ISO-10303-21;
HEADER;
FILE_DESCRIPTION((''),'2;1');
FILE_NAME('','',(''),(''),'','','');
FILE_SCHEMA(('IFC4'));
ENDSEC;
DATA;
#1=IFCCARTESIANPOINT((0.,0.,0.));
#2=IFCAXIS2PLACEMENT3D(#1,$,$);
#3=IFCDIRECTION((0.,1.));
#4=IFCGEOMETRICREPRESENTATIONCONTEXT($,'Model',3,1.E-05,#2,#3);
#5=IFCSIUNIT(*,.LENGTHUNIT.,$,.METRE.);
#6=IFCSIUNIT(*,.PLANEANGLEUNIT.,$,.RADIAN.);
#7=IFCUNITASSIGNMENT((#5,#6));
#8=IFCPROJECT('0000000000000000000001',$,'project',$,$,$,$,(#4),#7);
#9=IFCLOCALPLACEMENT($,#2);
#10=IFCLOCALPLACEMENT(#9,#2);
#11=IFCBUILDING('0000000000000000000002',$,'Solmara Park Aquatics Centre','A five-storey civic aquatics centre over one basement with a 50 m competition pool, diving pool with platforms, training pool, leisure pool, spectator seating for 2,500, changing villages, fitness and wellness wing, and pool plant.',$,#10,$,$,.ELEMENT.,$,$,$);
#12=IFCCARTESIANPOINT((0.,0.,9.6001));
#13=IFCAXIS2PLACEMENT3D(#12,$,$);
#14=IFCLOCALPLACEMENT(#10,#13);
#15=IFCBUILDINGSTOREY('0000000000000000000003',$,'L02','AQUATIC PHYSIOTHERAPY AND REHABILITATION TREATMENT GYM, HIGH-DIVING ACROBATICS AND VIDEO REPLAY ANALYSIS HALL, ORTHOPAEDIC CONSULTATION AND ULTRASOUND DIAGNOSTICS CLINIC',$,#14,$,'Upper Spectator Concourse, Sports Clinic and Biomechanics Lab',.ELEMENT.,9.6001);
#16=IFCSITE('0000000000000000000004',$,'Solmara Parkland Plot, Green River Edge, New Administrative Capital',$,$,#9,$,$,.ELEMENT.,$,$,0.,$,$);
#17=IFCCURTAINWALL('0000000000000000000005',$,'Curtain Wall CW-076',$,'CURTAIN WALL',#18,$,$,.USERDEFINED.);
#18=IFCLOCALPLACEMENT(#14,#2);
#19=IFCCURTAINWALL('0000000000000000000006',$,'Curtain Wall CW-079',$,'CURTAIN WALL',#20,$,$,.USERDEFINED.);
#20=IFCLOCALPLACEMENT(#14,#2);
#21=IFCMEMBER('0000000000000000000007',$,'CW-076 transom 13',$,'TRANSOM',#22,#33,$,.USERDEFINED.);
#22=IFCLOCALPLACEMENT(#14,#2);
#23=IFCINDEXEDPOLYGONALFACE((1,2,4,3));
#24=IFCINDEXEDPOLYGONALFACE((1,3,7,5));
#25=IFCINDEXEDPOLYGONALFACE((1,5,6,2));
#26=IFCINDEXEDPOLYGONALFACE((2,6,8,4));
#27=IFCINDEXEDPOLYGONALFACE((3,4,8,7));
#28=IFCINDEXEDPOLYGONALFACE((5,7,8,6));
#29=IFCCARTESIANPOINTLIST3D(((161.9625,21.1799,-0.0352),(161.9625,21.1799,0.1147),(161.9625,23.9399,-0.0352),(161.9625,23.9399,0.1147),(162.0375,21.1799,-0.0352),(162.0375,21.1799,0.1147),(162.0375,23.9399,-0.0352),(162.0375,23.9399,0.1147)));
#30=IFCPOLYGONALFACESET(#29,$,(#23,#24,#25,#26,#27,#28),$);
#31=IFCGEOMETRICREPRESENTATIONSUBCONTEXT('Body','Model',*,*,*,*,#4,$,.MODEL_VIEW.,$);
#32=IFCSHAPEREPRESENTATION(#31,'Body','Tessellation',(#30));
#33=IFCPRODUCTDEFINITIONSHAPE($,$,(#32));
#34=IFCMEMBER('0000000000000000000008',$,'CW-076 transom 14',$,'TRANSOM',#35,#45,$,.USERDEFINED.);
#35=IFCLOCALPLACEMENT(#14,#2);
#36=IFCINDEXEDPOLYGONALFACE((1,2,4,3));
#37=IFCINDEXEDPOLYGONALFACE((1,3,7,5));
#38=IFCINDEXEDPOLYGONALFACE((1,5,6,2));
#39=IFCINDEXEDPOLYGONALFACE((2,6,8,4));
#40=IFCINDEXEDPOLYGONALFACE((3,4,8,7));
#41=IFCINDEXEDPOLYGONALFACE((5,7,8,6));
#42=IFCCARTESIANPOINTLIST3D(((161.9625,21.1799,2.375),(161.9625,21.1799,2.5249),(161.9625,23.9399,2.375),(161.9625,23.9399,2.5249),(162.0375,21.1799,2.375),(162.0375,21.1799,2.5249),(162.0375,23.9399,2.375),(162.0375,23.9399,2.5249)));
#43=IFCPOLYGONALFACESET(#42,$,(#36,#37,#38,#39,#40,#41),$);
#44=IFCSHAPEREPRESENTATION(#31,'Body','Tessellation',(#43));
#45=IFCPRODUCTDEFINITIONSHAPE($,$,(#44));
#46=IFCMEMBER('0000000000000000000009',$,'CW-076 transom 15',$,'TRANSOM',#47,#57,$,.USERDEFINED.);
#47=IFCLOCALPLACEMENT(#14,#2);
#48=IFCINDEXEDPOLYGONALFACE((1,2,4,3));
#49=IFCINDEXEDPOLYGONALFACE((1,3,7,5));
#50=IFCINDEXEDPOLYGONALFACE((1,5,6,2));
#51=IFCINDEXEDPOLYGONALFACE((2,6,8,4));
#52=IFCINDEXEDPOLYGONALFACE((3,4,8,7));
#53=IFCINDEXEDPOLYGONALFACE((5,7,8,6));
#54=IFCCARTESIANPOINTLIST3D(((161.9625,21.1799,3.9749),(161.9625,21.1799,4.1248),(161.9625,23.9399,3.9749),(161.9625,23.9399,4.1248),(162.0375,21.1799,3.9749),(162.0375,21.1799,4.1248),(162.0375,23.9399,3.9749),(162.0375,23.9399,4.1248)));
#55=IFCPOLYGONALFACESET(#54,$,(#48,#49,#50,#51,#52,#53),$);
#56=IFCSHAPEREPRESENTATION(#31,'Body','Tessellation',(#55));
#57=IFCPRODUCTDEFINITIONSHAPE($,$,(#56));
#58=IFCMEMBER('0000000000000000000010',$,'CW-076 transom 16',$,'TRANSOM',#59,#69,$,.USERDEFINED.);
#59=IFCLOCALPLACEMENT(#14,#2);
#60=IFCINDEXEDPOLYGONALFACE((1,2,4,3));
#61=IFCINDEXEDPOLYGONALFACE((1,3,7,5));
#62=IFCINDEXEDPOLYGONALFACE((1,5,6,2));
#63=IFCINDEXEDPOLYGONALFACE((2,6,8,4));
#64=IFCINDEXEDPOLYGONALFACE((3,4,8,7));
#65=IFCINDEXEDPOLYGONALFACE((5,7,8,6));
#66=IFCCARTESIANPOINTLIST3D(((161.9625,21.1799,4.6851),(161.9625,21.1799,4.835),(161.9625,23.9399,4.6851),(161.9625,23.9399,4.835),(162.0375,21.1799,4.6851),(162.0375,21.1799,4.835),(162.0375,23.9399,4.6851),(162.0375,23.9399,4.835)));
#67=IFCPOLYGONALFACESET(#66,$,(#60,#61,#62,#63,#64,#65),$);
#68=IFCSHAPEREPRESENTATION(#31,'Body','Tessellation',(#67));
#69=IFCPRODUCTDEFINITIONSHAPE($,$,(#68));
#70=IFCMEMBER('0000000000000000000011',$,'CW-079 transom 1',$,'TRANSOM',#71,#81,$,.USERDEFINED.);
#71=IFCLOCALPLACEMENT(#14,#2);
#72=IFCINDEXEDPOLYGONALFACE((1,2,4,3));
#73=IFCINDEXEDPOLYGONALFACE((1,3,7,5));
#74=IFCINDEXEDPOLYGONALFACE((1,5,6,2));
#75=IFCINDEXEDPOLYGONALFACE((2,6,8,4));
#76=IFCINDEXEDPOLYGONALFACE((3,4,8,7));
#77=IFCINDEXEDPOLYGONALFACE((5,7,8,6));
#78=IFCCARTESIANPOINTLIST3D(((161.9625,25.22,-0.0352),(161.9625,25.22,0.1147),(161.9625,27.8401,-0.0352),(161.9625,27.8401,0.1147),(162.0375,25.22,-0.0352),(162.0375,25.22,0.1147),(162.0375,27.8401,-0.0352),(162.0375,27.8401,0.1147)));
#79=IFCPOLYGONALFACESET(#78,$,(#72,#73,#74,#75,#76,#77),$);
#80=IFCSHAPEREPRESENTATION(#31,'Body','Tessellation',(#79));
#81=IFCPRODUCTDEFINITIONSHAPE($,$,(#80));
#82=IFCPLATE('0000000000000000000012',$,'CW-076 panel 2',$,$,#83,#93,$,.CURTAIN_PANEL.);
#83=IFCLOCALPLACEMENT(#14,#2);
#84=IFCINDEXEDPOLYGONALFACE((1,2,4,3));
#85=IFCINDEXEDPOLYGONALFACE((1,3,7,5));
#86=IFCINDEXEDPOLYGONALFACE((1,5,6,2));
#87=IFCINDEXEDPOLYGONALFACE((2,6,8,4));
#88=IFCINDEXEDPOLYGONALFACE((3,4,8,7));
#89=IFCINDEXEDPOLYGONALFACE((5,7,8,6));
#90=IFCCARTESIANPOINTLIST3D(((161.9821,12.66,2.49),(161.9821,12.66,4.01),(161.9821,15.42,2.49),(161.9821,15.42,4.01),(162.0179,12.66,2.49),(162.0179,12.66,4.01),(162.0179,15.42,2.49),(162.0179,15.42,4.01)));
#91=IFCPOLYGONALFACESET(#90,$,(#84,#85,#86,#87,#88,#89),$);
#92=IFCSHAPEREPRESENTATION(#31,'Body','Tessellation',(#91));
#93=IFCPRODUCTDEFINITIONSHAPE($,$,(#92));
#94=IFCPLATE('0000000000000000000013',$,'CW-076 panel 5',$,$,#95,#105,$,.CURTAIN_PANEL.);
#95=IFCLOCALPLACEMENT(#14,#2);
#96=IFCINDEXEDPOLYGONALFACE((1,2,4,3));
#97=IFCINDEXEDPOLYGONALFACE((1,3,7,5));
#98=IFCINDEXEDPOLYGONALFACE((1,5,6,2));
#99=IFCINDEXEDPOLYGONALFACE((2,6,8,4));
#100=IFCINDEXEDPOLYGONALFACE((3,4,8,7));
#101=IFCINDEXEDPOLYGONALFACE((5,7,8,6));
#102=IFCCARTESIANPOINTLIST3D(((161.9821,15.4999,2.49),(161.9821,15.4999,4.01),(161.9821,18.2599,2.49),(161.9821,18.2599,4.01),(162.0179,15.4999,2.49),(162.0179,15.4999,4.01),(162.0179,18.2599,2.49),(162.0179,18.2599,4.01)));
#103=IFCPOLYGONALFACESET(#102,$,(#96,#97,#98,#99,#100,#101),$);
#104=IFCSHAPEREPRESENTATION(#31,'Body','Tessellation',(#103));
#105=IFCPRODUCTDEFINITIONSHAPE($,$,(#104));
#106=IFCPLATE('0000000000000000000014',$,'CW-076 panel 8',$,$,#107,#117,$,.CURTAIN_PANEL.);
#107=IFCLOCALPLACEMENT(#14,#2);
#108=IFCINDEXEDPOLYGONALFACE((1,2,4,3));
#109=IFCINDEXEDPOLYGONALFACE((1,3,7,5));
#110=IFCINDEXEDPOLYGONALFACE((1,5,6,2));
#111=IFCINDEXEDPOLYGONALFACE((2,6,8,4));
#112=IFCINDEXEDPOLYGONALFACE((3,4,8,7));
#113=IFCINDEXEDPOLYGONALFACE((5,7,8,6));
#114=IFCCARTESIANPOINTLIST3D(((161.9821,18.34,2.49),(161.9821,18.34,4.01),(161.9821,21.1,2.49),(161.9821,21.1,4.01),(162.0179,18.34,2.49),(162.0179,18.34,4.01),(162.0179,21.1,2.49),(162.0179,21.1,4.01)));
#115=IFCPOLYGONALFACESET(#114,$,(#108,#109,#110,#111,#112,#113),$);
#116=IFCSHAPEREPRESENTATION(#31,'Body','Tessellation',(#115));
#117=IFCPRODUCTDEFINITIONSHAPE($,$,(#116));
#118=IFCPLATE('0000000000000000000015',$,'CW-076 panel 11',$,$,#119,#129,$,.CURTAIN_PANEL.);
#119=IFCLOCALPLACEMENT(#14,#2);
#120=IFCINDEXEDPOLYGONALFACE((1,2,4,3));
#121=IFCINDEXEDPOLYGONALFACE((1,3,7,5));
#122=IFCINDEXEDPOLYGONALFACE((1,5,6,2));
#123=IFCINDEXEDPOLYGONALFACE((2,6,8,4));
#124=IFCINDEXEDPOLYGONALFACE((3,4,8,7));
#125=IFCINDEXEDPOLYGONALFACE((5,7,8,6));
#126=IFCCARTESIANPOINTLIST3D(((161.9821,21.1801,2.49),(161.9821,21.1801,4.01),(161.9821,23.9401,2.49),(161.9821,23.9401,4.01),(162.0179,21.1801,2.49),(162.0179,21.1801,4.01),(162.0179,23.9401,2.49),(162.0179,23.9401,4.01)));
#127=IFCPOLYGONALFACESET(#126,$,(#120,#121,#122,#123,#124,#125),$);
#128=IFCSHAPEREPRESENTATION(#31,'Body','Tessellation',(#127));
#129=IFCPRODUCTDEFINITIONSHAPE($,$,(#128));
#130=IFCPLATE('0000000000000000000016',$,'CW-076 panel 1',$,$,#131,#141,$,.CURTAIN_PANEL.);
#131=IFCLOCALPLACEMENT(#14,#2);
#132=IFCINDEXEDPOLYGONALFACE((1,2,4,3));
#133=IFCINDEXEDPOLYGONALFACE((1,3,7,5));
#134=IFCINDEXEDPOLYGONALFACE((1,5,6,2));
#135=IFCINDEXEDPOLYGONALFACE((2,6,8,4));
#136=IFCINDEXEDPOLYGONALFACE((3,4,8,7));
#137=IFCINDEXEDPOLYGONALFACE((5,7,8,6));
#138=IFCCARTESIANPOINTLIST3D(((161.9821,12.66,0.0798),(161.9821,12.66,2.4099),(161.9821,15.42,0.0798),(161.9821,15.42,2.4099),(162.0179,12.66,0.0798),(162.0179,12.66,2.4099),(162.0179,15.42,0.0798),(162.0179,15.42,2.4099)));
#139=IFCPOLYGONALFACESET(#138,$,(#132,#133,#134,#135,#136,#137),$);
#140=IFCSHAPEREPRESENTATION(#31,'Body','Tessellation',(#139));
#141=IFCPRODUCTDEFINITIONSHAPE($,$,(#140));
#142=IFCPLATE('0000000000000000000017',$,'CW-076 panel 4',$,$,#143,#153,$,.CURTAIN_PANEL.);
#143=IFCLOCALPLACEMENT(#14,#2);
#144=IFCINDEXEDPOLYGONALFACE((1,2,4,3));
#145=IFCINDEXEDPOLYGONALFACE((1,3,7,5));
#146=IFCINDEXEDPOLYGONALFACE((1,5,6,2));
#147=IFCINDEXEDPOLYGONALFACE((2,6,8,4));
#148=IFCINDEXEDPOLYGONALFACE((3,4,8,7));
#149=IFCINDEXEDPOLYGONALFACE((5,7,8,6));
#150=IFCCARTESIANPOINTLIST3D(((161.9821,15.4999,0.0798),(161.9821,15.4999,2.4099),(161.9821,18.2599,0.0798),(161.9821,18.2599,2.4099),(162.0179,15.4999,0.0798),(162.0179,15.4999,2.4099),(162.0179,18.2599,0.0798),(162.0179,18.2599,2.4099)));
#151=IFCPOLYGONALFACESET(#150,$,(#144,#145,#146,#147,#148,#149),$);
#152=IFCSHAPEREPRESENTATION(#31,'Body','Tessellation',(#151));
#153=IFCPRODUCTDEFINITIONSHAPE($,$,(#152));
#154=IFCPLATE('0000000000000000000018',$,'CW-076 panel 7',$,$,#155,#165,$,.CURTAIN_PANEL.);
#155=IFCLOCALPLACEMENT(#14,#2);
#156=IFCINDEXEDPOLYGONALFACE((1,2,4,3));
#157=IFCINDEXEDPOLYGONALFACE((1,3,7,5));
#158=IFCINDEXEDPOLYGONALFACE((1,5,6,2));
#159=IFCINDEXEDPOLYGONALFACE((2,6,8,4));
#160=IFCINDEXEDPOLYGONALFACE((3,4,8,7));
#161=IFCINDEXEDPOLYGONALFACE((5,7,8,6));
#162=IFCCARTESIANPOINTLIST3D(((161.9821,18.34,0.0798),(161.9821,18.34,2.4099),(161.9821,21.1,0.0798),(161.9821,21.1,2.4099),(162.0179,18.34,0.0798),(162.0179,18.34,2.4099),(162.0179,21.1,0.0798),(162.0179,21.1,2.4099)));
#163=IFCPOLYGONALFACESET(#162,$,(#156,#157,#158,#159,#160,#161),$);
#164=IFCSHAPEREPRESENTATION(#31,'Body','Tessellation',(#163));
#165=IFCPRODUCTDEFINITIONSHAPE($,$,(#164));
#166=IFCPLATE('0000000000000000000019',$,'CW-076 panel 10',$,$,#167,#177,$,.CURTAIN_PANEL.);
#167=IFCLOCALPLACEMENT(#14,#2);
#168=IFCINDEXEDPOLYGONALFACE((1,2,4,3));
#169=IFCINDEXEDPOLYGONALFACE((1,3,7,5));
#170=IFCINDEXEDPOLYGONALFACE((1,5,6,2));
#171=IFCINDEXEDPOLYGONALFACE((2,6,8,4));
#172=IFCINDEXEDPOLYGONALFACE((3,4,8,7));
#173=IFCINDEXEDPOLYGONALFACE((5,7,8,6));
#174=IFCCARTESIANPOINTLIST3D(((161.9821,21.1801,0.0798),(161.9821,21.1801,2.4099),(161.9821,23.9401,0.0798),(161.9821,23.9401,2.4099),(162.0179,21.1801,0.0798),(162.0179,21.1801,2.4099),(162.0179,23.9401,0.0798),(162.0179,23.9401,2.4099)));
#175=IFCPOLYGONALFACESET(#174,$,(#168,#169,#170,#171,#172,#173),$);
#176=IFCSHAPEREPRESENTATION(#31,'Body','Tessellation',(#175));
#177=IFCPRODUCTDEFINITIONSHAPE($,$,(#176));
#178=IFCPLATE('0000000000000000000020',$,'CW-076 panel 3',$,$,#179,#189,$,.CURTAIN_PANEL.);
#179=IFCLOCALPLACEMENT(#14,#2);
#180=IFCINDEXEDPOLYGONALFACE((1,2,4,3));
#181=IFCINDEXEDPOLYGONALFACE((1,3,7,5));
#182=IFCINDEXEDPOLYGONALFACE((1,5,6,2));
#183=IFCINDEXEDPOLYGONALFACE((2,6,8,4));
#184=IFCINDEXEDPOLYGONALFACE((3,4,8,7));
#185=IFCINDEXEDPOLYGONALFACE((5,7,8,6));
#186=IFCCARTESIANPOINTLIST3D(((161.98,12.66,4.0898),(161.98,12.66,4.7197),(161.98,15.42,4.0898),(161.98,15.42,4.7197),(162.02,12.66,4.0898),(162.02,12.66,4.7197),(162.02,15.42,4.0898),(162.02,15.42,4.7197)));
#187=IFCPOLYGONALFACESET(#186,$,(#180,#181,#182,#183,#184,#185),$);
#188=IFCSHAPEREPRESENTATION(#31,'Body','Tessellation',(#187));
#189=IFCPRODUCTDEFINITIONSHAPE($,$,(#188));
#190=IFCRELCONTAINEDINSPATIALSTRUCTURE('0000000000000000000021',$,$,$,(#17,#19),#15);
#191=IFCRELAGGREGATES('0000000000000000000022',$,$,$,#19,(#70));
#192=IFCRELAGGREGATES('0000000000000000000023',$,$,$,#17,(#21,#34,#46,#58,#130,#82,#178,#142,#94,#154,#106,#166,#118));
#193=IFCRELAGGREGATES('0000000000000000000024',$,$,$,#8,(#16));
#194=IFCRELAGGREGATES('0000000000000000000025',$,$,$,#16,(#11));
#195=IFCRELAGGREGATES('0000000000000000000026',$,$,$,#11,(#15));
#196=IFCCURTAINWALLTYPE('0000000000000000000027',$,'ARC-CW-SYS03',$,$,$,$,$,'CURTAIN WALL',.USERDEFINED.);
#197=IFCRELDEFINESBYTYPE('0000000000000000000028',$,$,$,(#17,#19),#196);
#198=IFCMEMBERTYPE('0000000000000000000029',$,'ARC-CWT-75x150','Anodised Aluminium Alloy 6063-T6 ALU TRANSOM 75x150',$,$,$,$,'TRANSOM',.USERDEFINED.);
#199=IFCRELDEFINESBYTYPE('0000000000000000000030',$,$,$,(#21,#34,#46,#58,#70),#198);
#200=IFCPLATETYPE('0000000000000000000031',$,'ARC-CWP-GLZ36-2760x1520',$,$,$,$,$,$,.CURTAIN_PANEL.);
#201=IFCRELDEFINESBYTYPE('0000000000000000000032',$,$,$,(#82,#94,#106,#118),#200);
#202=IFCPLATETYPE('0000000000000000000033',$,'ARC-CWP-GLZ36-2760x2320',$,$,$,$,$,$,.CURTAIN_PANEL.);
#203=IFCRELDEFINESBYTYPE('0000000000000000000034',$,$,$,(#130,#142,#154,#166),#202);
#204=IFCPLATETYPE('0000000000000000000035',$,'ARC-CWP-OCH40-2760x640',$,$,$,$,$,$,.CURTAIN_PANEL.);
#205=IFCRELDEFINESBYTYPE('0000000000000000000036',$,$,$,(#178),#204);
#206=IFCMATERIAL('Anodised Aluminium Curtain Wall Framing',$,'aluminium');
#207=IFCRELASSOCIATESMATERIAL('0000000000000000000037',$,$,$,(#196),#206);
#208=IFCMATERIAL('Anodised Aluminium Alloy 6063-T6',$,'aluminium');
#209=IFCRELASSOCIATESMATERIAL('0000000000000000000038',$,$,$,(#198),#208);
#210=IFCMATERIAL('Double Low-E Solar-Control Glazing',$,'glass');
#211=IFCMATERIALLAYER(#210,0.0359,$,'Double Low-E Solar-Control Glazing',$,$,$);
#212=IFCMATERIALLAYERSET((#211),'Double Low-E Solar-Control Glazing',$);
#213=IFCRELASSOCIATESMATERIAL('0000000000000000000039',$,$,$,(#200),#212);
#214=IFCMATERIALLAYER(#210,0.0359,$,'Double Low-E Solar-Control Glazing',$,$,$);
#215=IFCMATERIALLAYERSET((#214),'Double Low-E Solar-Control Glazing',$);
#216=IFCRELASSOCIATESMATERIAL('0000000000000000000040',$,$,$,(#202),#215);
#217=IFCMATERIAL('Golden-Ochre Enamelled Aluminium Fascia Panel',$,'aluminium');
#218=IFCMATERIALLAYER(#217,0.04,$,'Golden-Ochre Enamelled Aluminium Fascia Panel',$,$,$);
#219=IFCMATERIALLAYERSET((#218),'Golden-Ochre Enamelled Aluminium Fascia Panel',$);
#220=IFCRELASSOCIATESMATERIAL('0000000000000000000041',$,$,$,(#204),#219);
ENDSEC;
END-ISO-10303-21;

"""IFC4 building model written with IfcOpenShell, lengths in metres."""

from ifc_helpers import new_model, si_unit, direction, frame, origin, origin_2d, place, context, subcontext, project, spatial, rectangle, extrude, material, layer, layer_set, material_profile, profile_set, type_object, element, aggregate, save


model = new_model("IFC4")

# Units and contexts
model_context = context("Model", 3, precision=1e-05, world=origin(), true_north=direction((0.0, 1.0)))
body_context = subcontext(model_context, "Body", "Model", "MODEL_VIEW")
ifc_project = project(units=[si_unit("LENGTHUNIT", "METRE"), si_unit("PLANEANGLEUNIT", "RADIAN")], contexts=[model_context])

# Site, building, storey
site_placement = place(None, origin())
site = spatial("IfcSite", under=ifc_project, at=site_placement, Name="Solmara Parkland Plot, Green River Edge, New Administrative Capital", CompositionType="ELEMENT", RefElevation=0.0)
building_placement = place(site_placement, origin())
building = spatial("IfcBuilding", under=site, at=building_placement, Name="Solmara Park Aquatics Centre", Description="A five-storey civic aquatics centre over one basement with a 50 m competition pool, diving pool with platforms, training pool, leisure pool, spectator seating for 2,500, changing villages, fitness and wellness wing, and pool plant.", CompositionType="ELEMENT")
storey_placement = place(building_placement, frame((0.0, 0.0, 9.6001)))
storey = spatial("IfcBuildingStorey", under=building, at=storey_placement, Name="L02", Description="AQUATIC PHYSIOTHERAPY AND REHABILITATION TREATMENT GYM, HIGH-DIVING ACROBATICS AND VIDEO REPLAY ANALYSIS HALL, ORTHOPAEDIC CONSULTATION AND ULTRASOUND DIAGNOSTICS CLINIC", LongName="Upper Spectator Concourse, Sports Clinic and Biomechanics Lab", CompositionType="ELEMENT", Elevation=9.6001)

# Curtain wall
ifc_material_1 = material(Name="Anodised Aluminium Curtain Wall Framing", Category="aluminium")
curtain_wall_type = type_object("IfcCurtainWallType", Name="ARC-CW-SYS03", ElementType="CURTAIN WALL", PredefinedType="USERDEFINED", material=ifc_material_1)
curtain_wall_1_placement = place(storey_placement, origin())
curtain_wall_1 = element("IfcCurtainWall", 1, at=curtain_wall_1_placement, inside=storey, type_object=curtain_wall_type, Name="Curtain Wall CW-076", ObjectType="CURTAIN WALL", PredefinedType="USERDEFINED")
ifc_material_2 = material(Name="Anodised Aluminium Alloy 6063-T6", Category="aluminium")

# Curtain wall
curtain_wall_2_placement = place(storey_placement, origin())
curtain_wall_2 = element("IfcCurtainWall", 2, at=curtain_wall_2_placement, inside=storey, type_object=curtain_wall_type, Name="Curtain Wall CW-079", ObjectType="CURTAIN WALL", PredefinedType="USERDEFINED")

# Members
ifc_material_profile_1 = material_profile(ifc_material_2, rectangle(XDim=0.075, YDim=0.1499, at=origin_2d()), Name="ALU TRANSOM 75x150")
ifc_profile_set_1 = profile_set([ifc_material_profile_1], Name="Anodised Aluminium Alloy 6063-T6")
member_type_1 = type_object("IfcMemberType", Name="ARC-CWT-75x150", Description="Anodised Aluminium Alloy 6063-T6 ALU TRANSOM 75x150", ElementType="TRANSOM", PredefinedType="USERDEFINED", material=ifc_profile_set_1)
member_1_placement = place(storey_placement, frame((162.0, 21.1799, 0.0398), z_axis=(0.0, 1.0, 0.0), x_axis=(-1.0, 0.0, 0.0)))
member_1 = element("IfcMember", 3, at=member_1_placement, type_object=member_type_1, Name="CW-076 transom 13", ObjectType="TRANSOM", PredefinedType="USERDEFINED", context=body_context, shape_type="SweptSolid", body=[
    extrude(rectangle(XDim=0.075, YDim=0.1499, at=origin_2d()), origin(), (0.0, 0.0, 1.0), 2.76),
])
member_2_placement = place(storey_placement, frame((162.0, 21.1799, 2.45), z_axis=(0.0, 1.0, 0.0), x_axis=(-1.0, 0.0, 0.0)))
member_2 = element("IfcMember", 4, at=member_2_placement, type_object=member_type_1, Name="CW-076 transom 14", ObjectType="TRANSOM", PredefinedType="USERDEFINED", context=body_context, shape_type="SweptSolid", body=[
    extrude(rectangle(XDim=0.075, YDim=0.1499, at=origin_2d()), origin(), (0.0, 0.0, 1.0), 2.76),
])
member_3_placement = place(storey_placement, frame((162.0, 21.1799, 4.0498), z_axis=(0.0, 1.0, 0.0), x_axis=(-1.0, 0.0, 0.0)))
member_3 = element("IfcMember", 5, at=member_3_placement, type_object=member_type_1, Name="CW-076 transom 15", ObjectType="TRANSOM", PredefinedType="USERDEFINED", context=body_context, shape_type="SweptSolid", body=[
    extrude(rectangle(XDim=0.075, YDim=0.1499, at=origin_2d()), origin(), (0.0, 0.0, 1.0), 2.76),
])
member_4_placement = place(storey_placement, frame((162.0, 21.1799, 4.76), z_axis=(0.0, 1.0, 0.0), x_axis=(-1.0, 0.0, 0.0)))
member_4 = element("IfcMember", 6, at=member_4_placement, type_object=member_type_1, Name="CW-076 transom 16", ObjectType="TRANSOM", PredefinedType="USERDEFINED", context=body_context, shape_type="SweptSolid", body=[
    extrude(rectangle(XDim=0.075, YDim=0.1499, at=origin_2d()), origin(), (0.0, 0.0, 1.0), 2.76),
])
member_5_placement = place(storey_placement, frame((162.0, 25.22, 0.0398), z_axis=(0.0, 1.0, 0.0), x_axis=(-1.0, 0.0, 0.0)))
member_5 = element("IfcMember", 7, at=member_5_placement, type_object=member_type_1, Name="CW-079 transom 1", ObjectType="TRANSOM", PredefinedType="USERDEFINED", context=body_context, shape_type="SweptSolid", body=[
    extrude(rectangle(XDim=0.075, YDim=0.1499, at=origin_2d()), origin(), (0.0, 0.0, 1.0), 2.6201),
])
aggregate(curtain_wall_2, [member_5])

# Plates
ifc_material_3 = material(Name="Double Low-E Solar-Control Glazing", Category="glass")
ifc_layer_1 = layer(ifc_material_3, 0.0359, Name="Double Low-E Solar-Control Glazing")
ifc_layer_set_1 = layer_set([ifc_layer_1], Name="Double Low-E Solar-Control Glazing")
plate_type_1 = type_object("IfcPlateType", Name="ARC-CWP-GLZ36-2760x1520", PredefinedType="CURTAIN_PANEL", material=ifc_layer_set_1)
plate_1_placement = place(storey_placement, frame((162.0, 14.04, 2.49), z_axis=(0.0, 0.0, 1.0), x_axis=(0.0, 1.0, 0.0)))
plate_1 = element("IfcPlate", 8, at=plate_1_placement, type_object=plate_type_1, Name="CW-076 panel 2", PredefinedType="CURTAIN_PANEL", context=body_context, shape_type="SweptSolid", body=[
    extrude(rectangle(XDim=2.76, YDim=0.0359, at=origin_2d()), origin(), (0.0, 0.0, 1.0), 1.52),
])
plate_2_placement = place(storey_placement, frame((162.0, 16.8799, 2.49), z_axis=(0.0, 0.0, 1.0), x_axis=(0.0, 1.0, 0.0)))
plate_2 = element("IfcPlate", 9, at=plate_2_placement, type_object=plate_type_1, Name="CW-076 panel 5", PredefinedType="CURTAIN_PANEL", context=body_context, shape_type="SweptSolid", body=[
    extrude(rectangle(XDim=2.76, YDim=0.0359, at=origin_2d()), origin(), (0.0, 0.0, 1.0), 1.52),
])
plate_3_placement = place(storey_placement, frame((162.0, 19.72, 2.49), z_axis=(0.0, 0.0, 1.0), x_axis=(0.0, 1.0, 0.0)))
plate_3 = element("IfcPlate", 10, at=plate_3_placement, type_object=plate_type_1, Name="CW-076 panel 8", PredefinedType="CURTAIN_PANEL", context=body_context, shape_type="SweptSolid", body=[
    extrude(rectangle(XDim=2.76, YDim=0.0359, at=origin_2d()), origin(), (0.0, 0.0, 1.0), 1.52),
])
plate_4_placement = place(storey_placement, frame((162.0, 22.5601, 2.49), z_axis=(0.0, 0.0, 1.0), x_axis=(0.0, 1.0, 0.0)))
plate_4 = element("IfcPlate", 11, at=plate_4_placement, type_object=plate_type_1, Name="CW-076 panel 11", PredefinedType="CURTAIN_PANEL", context=body_context, shape_type="SweptSolid", body=[
    extrude(rectangle(XDim=2.76, YDim=0.0359, at=origin_2d()), origin(), (0.0, 0.0, 1.0), 1.52),
])
ifc_layer_2 = layer(ifc_material_3, 0.0359, Name="Double Low-E Solar-Control Glazing")
ifc_layer_set_2 = layer_set([ifc_layer_2], Name="Double Low-E Solar-Control Glazing")
plate_type_2 = type_object("IfcPlateType", Name="ARC-CWP-GLZ36-2760x2320", PredefinedType="CURTAIN_PANEL", material=ifc_layer_set_2)
plate_5_placement = place(storey_placement, frame((162.0, 14.04, 0.0798), z_axis=(0.0, 0.0, 1.0), x_axis=(0.0, 1.0, 0.0)))
plate_5 = element("IfcPlate", 12, at=plate_5_placement, type_object=plate_type_2, Name="CW-076 panel 1", PredefinedType="CURTAIN_PANEL", context=body_context, shape_type="SweptSolid", body=[
    extrude(rectangle(XDim=2.76, YDim=0.0359, at=origin_2d()), origin(), (0.0, 0.0, 1.0), 2.3301),
])
plate_6_placement = place(storey_placement, frame((162.0, 16.8799, 0.0798), z_axis=(0.0, 0.0, 1.0), x_axis=(0.0, 1.0, 0.0)))
plate_6 = element("IfcPlate", 13, at=plate_6_placement, type_object=plate_type_2, Name="CW-076 panel 4", PredefinedType="CURTAIN_PANEL", context=body_context, shape_type="SweptSolid", body=[
    extrude(rectangle(XDim=2.76, YDim=0.0359, at=origin_2d()), origin(), (0.0, 0.0, 1.0), 2.3301),
])
plate_7_placement = place(storey_placement, frame((162.0, 19.72, 0.0798), z_axis=(0.0, 0.0, 1.0), x_axis=(0.0, 1.0, 0.0)))
plate_7 = element("IfcPlate", 14, at=plate_7_placement, type_object=plate_type_2, Name="CW-076 panel 7", PredefinedType="CURTAIN_PANEL", context=body_context, shape_type="SweptSolid", body=[
    extrude(rectangle(XDim=2.76, YDim=0.0359, at=origin_2d()), origin(), (0.0, 0.0, 1.0), 2.3301),
])
plate_8_placement = place(storey_placement, frame((162.0, 22.5601, 0.0798), z_axis=(0.0, 0.0, 1.0), x_axis=(0.0, 1.0, 0.0)))
plate_8 = element("IfcPlate", 15, at=plate_8_placement, type_object=plate_type_2, Name="CW-076 panel 10", PredefinedType="CURTAIN_PANEL", context=body_context, shape_type="SweptSolid", body=[
    extrude(rectangle(XDim=2.76, YDim=0.0359, at=origin_2d()), origin(), (0.0, 0.0, 1.0), 2.3301),
])
ifc_material_4 = material(Name="Golden-Ochre Enamelled Aluminium Fascia Panel", Category="aluminium")
ifc_layer_3 = layer(ifc_material_4, 0.04, Name="Golden-Ochre Enamelled Aluminium Fascia Panel")
ifc_layer_set_3 = layer_set([ifc_layer_3], Name="Golden-Ochre Enamelled Aluminium Fascia Panel")
plate_type_3 = type_object("IfcPlateType", Name="ARC-CWP-OCH40-2760x640", PredefinedType="CURTAIN_PANEL", material=ifc_layer_set_3)
plate_9_placement = place(storey_placement, frame((162.0, 14.04, 4.0898), z_axis=(0.0, 0.0, 1.0), x_axis=(0.0, 1.0, 0.0)))
plate_9 = element("IfcPlate", 16, at=plate_9_placement, type_object=plate_type_3, Name="CW-076 panel 3", PredefinedType="CURTAIN_PANEL", context=body_context, shape_type="SweptSolid", body=[
    extrude(rectangle(XDim=2.76, YDim=0.04, at=origin_2d()), origin(), (0.0, 0.0, 1.0), 0.6299),
])
aggregate(curtain_wall_1, [member_1, member_2, member_3, member_4, plate_5, plate_1, plate_9, plate_6, plate_2, plate_7, plate_3, plate_8, plate_4])

save(model, "model.ifc")
